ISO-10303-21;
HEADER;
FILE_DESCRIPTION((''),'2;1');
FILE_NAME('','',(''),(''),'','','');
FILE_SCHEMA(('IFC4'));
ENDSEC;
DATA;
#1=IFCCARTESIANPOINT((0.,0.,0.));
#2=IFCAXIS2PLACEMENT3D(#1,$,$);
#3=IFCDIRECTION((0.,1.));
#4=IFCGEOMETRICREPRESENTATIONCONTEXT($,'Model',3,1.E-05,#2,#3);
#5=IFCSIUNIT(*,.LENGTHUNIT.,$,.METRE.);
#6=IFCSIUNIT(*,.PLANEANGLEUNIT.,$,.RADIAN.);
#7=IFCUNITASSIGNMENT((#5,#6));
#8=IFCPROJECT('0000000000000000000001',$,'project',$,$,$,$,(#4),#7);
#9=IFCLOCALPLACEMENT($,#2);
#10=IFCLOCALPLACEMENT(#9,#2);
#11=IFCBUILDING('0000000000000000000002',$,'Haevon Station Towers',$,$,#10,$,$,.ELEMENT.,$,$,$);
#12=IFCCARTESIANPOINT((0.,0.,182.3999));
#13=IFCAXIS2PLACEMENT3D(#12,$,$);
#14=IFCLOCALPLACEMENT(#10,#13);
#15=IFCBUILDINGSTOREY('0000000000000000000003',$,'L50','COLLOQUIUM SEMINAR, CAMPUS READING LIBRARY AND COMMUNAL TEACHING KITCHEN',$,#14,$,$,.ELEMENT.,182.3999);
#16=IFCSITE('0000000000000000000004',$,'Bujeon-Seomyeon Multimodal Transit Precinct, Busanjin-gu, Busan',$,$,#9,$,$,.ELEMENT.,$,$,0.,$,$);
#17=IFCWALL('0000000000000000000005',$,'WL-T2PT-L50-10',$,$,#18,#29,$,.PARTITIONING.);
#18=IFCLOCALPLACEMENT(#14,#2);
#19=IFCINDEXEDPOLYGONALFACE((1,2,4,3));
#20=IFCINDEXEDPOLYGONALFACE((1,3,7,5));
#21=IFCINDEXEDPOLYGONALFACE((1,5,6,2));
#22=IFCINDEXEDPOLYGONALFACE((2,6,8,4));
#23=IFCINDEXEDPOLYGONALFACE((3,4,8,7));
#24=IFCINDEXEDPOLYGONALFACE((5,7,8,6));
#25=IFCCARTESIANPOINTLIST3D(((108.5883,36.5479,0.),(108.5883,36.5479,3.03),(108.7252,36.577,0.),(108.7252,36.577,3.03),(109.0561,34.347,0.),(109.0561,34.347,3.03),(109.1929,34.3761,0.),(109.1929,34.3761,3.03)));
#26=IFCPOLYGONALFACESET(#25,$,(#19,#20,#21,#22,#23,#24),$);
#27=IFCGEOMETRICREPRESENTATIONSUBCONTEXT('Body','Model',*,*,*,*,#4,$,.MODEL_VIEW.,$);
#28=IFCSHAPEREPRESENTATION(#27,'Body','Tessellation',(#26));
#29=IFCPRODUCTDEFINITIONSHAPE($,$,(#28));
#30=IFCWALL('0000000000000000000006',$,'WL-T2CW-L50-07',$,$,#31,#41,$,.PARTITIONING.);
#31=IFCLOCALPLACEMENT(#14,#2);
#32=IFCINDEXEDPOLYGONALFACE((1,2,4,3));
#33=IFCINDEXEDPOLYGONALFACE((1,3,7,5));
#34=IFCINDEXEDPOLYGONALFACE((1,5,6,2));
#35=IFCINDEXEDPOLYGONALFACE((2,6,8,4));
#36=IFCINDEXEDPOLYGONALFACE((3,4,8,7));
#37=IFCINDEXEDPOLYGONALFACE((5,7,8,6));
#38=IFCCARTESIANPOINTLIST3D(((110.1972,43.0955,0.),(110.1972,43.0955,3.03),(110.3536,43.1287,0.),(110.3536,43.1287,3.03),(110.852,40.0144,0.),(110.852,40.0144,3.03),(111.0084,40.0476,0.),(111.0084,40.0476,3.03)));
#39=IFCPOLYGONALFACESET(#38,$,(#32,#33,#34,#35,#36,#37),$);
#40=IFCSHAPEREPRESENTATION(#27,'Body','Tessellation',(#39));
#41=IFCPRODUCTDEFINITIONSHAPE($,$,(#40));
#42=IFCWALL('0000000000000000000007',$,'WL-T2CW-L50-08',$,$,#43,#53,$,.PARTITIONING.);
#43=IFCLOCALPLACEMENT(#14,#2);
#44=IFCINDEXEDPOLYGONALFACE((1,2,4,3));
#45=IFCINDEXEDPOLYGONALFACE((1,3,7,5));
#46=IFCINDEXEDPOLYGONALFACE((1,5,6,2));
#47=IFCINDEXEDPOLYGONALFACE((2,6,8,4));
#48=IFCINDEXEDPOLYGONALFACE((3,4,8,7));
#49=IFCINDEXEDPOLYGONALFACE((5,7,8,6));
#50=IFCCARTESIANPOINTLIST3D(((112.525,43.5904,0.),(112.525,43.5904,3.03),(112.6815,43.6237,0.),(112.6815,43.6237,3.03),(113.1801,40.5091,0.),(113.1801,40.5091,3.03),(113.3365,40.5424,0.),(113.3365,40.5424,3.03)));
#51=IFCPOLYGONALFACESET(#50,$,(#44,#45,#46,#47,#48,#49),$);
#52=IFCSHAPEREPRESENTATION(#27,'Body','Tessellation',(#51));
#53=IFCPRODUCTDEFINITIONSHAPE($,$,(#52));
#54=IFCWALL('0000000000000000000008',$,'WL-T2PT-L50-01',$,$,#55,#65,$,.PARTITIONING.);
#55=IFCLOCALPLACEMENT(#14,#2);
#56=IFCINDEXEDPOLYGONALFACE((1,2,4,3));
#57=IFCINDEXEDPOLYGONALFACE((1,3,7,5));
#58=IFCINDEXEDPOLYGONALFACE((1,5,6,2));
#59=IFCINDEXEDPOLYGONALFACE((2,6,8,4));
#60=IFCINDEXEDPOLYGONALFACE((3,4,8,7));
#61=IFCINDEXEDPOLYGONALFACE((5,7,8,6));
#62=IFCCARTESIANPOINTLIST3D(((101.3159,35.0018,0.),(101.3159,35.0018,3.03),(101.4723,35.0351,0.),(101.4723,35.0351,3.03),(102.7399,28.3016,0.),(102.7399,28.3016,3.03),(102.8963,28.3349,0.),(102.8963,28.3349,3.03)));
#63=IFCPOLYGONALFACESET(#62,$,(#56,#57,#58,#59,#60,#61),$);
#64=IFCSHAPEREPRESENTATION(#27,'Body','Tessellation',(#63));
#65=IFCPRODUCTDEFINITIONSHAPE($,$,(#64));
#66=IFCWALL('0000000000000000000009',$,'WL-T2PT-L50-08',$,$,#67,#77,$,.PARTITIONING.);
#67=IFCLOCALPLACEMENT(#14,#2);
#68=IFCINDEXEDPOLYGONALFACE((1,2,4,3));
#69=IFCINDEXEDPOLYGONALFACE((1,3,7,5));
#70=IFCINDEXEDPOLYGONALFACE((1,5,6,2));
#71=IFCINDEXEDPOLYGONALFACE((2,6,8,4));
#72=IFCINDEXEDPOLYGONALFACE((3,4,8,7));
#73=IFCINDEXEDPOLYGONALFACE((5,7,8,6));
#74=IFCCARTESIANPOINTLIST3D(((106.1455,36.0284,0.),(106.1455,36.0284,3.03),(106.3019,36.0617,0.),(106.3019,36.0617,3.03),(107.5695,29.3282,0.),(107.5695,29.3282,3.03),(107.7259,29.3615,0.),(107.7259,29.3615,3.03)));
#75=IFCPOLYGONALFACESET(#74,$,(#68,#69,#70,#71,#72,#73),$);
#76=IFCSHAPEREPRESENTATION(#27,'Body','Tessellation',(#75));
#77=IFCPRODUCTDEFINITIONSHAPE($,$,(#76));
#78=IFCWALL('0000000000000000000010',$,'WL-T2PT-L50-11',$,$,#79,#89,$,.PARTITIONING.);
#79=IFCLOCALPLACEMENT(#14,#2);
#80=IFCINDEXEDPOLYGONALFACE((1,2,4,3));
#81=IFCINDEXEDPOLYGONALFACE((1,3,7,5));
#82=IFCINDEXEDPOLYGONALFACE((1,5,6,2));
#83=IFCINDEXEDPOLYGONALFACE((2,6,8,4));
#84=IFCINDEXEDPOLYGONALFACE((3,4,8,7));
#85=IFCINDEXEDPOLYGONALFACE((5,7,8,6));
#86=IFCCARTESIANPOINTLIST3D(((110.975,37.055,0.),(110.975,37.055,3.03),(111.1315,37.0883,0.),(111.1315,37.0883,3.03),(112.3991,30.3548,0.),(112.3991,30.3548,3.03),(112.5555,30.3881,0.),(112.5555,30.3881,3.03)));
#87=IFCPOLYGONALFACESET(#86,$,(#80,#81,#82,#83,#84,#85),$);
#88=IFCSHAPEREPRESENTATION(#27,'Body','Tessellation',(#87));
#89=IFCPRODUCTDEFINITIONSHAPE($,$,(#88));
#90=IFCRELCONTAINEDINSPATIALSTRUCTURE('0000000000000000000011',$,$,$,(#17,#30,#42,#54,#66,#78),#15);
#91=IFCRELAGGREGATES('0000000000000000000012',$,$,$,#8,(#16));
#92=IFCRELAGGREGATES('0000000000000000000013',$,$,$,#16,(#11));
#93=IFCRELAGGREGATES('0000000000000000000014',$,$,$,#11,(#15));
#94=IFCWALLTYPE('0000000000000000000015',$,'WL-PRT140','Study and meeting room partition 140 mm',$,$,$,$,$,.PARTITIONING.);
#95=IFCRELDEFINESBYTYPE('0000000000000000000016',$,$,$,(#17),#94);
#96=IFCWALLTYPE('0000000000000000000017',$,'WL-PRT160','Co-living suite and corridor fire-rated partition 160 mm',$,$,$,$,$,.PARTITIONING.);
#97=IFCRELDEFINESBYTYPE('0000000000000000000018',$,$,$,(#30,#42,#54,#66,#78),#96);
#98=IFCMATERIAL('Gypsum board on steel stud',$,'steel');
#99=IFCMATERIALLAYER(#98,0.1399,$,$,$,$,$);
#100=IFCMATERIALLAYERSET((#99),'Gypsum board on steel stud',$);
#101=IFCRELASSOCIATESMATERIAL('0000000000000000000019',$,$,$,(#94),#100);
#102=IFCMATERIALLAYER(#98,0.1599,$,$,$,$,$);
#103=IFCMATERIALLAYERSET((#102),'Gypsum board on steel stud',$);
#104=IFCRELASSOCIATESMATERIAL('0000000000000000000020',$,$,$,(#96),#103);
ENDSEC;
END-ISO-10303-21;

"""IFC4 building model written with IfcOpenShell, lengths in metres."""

from ifc_helpers import new_model, si_unit, direction, frame, frame_2d, origin, place, context, subcontext, project, spatial, rectangle, extrude, material, layer, layer_set, type_object, element, save


model = new_model("IFC4")

# Units and contexts
model_context = context("Model", 3, precision=1e-05, world=origin(), true_north=direction((0.0, 1.0)))
body_context = subcontext(model_context, "Body", "Model", "MODEL_VIEW")
ifc_project = project(units=[si_unit("LENGTHUNIT", "METRE"), si_unit("PLANEANGLEUNIT", "RADIAN")], contexts=[model_context])

# Site, building, storey
site_placement = place(None, origin())
site = spatial("IfcSite", under=ifc_project, at=site_placement, Name="Bujeon-Seomyeon Multimodal Transit Precinct, Busanjin-gu, Busan", CompositionType="ELEMENT", RefElevation=0.0)
building_placement = place(site_placement, origin())
building = spatial("IfcBuilding", under=site, at=building_placement, Name="Haevon Station Towers", CompositionType="ELEMENT")
storey_placement = place(building_placement, frame((0.0, 0.0, 182.3999)))
storey = spatial("IfcBuildingStorey", under=building, at=storey_placement, Name="L50", Description="COLLOQUIUM SEMINAR, CAMPUS READING LIBRARY AND COMMUNAL TEACHING KITCHEN", CompositionType="ELEMENT", Elevation=182.3999)

# Shared definitions
ifc_material_1 = material(Name="Gypsum board on steel stud", Category="steel")

# Walls
ifc_layer_1 = layer(ifc_material_1, 0.1399)
ifc_layer_set_1 = layer_set([ifc_layer_1], Name="Gypsum board on steel stud")
wall_type_1 = type_object("IfcWallType", Name="WL-PRT140", Description="Study and meeting room partition 140 mm", PredefinedType="PARTITIONING", material=ifc_layer_set_1)
wall_1_placement = place(storey_placement, frame((109.1245, 34.3616, 0.0), z_axis=(0.0, 0.0, 1.0), x_axis=(-0.207891, 0.978152, 0.0)))
element("IfcWall", 1, at=wall_1_placement, inside=storey, type_object=wall_type_1, Name="WL-T2PT-L50-10", PredefinedType="PARTITIONING", context=body_context, shape_type="SweptSolid", body=[
    extrude(rectangle(XDim=2.25, YDim=0.1399, at=frame_2d((1.125, 0.0))), origin(), (0.0, 0.0, 1.0), 3.03),
])
ifc_layer_2 = layer(ifc_material_1, 0.1599)
ifc_layer_set_2 = layer_set([ifc_layer_2], Name="Gypsum board on steel stud")
wall_type_2 = type_object("IfcWallType", Name="WL-PRT160", Description="Co-living suite and corridor fire-rated partition 160 mm", PredefinedType="PARTITIONING", material=ifc_layer_set_2)
wall_2_placement = place(storey_placement, frame((110.9302, 40.031, 0.0), z_axis=(0.0, 0.0, 1.0), x_axis=(-0.207877, 0.978155, 0.0)))
element("IfcWall", 2, at=wall_2_placement, inside=storey, type_object=wall_type_2, Name="WL-T2CW-L50-07", PredefinedType="PARTITIONING", context=body_context, shape_type="SweptSolid", body=[
    extrude(rectangle(XDim=3.1499, YDim=0.1599, at=frame_2d((1.575, 0.0))), origin(), (0.0, 0.0, 1.0), 3.03),
])
wall_3_placement = place(storey_placement, frame((113.2583, 40.5256, 0.0), z_axis=(0.0, 0.0, 1.0), x_axis=(-0.207936, 0.978142, 0.0)))
element("IfcWall", 3, at=wall_3_placement, inside=storey, type_object=wall_type_2, Name="WL-T2CW-L50-08", PredefinedType="PARTITIONING", context=body_context, shape_type="SweptSolid", body=[
    extrude(rectangle(XDim=3.1501, YDim=0.1599, at=frame_2d((1.5752, 0.0))), origin(), (0.0, 0.0, 1.0), 3.03),
])
for number, where, z_axis, x_axis, name in (
    (4, (102.8181, 28.3184, 0.0), (0.0, 0.0, 1.0), (-0.207898, 0.978151, 0.0), "WL-T2PT-L50-01"),
    (5, (107.6477, 29.345, 0.0), (0.0, 0.0, 1.0), (-0.207898, 0.978151, 0.0), "WL-T2PT-L50-08"),
    (6, (112.4773, 30.3716, 0.0), (0.0, 0.0, 1.0), (-0.207898, 0.978151, 0.0), "WL-T2PT-L50-11"),
):
    element("IfcWall", number, at=place(storey_placement, frame(where, z_axis=z_axis, x_axis=x_axis)), inside=storey, type_object=wall_type_2, Name=name, PredefinedType="PARTITIONING", context=body_context, shape_type="SweptSolid", body=[
        extrude(rectangle(XDim=6.8499, YDim=0.1599, at=frame_2d((3.4248, 0.0))), origin(), (0.0, 0.0, 1.0), 3.03),
    ])

save(model, "model.ifc")
